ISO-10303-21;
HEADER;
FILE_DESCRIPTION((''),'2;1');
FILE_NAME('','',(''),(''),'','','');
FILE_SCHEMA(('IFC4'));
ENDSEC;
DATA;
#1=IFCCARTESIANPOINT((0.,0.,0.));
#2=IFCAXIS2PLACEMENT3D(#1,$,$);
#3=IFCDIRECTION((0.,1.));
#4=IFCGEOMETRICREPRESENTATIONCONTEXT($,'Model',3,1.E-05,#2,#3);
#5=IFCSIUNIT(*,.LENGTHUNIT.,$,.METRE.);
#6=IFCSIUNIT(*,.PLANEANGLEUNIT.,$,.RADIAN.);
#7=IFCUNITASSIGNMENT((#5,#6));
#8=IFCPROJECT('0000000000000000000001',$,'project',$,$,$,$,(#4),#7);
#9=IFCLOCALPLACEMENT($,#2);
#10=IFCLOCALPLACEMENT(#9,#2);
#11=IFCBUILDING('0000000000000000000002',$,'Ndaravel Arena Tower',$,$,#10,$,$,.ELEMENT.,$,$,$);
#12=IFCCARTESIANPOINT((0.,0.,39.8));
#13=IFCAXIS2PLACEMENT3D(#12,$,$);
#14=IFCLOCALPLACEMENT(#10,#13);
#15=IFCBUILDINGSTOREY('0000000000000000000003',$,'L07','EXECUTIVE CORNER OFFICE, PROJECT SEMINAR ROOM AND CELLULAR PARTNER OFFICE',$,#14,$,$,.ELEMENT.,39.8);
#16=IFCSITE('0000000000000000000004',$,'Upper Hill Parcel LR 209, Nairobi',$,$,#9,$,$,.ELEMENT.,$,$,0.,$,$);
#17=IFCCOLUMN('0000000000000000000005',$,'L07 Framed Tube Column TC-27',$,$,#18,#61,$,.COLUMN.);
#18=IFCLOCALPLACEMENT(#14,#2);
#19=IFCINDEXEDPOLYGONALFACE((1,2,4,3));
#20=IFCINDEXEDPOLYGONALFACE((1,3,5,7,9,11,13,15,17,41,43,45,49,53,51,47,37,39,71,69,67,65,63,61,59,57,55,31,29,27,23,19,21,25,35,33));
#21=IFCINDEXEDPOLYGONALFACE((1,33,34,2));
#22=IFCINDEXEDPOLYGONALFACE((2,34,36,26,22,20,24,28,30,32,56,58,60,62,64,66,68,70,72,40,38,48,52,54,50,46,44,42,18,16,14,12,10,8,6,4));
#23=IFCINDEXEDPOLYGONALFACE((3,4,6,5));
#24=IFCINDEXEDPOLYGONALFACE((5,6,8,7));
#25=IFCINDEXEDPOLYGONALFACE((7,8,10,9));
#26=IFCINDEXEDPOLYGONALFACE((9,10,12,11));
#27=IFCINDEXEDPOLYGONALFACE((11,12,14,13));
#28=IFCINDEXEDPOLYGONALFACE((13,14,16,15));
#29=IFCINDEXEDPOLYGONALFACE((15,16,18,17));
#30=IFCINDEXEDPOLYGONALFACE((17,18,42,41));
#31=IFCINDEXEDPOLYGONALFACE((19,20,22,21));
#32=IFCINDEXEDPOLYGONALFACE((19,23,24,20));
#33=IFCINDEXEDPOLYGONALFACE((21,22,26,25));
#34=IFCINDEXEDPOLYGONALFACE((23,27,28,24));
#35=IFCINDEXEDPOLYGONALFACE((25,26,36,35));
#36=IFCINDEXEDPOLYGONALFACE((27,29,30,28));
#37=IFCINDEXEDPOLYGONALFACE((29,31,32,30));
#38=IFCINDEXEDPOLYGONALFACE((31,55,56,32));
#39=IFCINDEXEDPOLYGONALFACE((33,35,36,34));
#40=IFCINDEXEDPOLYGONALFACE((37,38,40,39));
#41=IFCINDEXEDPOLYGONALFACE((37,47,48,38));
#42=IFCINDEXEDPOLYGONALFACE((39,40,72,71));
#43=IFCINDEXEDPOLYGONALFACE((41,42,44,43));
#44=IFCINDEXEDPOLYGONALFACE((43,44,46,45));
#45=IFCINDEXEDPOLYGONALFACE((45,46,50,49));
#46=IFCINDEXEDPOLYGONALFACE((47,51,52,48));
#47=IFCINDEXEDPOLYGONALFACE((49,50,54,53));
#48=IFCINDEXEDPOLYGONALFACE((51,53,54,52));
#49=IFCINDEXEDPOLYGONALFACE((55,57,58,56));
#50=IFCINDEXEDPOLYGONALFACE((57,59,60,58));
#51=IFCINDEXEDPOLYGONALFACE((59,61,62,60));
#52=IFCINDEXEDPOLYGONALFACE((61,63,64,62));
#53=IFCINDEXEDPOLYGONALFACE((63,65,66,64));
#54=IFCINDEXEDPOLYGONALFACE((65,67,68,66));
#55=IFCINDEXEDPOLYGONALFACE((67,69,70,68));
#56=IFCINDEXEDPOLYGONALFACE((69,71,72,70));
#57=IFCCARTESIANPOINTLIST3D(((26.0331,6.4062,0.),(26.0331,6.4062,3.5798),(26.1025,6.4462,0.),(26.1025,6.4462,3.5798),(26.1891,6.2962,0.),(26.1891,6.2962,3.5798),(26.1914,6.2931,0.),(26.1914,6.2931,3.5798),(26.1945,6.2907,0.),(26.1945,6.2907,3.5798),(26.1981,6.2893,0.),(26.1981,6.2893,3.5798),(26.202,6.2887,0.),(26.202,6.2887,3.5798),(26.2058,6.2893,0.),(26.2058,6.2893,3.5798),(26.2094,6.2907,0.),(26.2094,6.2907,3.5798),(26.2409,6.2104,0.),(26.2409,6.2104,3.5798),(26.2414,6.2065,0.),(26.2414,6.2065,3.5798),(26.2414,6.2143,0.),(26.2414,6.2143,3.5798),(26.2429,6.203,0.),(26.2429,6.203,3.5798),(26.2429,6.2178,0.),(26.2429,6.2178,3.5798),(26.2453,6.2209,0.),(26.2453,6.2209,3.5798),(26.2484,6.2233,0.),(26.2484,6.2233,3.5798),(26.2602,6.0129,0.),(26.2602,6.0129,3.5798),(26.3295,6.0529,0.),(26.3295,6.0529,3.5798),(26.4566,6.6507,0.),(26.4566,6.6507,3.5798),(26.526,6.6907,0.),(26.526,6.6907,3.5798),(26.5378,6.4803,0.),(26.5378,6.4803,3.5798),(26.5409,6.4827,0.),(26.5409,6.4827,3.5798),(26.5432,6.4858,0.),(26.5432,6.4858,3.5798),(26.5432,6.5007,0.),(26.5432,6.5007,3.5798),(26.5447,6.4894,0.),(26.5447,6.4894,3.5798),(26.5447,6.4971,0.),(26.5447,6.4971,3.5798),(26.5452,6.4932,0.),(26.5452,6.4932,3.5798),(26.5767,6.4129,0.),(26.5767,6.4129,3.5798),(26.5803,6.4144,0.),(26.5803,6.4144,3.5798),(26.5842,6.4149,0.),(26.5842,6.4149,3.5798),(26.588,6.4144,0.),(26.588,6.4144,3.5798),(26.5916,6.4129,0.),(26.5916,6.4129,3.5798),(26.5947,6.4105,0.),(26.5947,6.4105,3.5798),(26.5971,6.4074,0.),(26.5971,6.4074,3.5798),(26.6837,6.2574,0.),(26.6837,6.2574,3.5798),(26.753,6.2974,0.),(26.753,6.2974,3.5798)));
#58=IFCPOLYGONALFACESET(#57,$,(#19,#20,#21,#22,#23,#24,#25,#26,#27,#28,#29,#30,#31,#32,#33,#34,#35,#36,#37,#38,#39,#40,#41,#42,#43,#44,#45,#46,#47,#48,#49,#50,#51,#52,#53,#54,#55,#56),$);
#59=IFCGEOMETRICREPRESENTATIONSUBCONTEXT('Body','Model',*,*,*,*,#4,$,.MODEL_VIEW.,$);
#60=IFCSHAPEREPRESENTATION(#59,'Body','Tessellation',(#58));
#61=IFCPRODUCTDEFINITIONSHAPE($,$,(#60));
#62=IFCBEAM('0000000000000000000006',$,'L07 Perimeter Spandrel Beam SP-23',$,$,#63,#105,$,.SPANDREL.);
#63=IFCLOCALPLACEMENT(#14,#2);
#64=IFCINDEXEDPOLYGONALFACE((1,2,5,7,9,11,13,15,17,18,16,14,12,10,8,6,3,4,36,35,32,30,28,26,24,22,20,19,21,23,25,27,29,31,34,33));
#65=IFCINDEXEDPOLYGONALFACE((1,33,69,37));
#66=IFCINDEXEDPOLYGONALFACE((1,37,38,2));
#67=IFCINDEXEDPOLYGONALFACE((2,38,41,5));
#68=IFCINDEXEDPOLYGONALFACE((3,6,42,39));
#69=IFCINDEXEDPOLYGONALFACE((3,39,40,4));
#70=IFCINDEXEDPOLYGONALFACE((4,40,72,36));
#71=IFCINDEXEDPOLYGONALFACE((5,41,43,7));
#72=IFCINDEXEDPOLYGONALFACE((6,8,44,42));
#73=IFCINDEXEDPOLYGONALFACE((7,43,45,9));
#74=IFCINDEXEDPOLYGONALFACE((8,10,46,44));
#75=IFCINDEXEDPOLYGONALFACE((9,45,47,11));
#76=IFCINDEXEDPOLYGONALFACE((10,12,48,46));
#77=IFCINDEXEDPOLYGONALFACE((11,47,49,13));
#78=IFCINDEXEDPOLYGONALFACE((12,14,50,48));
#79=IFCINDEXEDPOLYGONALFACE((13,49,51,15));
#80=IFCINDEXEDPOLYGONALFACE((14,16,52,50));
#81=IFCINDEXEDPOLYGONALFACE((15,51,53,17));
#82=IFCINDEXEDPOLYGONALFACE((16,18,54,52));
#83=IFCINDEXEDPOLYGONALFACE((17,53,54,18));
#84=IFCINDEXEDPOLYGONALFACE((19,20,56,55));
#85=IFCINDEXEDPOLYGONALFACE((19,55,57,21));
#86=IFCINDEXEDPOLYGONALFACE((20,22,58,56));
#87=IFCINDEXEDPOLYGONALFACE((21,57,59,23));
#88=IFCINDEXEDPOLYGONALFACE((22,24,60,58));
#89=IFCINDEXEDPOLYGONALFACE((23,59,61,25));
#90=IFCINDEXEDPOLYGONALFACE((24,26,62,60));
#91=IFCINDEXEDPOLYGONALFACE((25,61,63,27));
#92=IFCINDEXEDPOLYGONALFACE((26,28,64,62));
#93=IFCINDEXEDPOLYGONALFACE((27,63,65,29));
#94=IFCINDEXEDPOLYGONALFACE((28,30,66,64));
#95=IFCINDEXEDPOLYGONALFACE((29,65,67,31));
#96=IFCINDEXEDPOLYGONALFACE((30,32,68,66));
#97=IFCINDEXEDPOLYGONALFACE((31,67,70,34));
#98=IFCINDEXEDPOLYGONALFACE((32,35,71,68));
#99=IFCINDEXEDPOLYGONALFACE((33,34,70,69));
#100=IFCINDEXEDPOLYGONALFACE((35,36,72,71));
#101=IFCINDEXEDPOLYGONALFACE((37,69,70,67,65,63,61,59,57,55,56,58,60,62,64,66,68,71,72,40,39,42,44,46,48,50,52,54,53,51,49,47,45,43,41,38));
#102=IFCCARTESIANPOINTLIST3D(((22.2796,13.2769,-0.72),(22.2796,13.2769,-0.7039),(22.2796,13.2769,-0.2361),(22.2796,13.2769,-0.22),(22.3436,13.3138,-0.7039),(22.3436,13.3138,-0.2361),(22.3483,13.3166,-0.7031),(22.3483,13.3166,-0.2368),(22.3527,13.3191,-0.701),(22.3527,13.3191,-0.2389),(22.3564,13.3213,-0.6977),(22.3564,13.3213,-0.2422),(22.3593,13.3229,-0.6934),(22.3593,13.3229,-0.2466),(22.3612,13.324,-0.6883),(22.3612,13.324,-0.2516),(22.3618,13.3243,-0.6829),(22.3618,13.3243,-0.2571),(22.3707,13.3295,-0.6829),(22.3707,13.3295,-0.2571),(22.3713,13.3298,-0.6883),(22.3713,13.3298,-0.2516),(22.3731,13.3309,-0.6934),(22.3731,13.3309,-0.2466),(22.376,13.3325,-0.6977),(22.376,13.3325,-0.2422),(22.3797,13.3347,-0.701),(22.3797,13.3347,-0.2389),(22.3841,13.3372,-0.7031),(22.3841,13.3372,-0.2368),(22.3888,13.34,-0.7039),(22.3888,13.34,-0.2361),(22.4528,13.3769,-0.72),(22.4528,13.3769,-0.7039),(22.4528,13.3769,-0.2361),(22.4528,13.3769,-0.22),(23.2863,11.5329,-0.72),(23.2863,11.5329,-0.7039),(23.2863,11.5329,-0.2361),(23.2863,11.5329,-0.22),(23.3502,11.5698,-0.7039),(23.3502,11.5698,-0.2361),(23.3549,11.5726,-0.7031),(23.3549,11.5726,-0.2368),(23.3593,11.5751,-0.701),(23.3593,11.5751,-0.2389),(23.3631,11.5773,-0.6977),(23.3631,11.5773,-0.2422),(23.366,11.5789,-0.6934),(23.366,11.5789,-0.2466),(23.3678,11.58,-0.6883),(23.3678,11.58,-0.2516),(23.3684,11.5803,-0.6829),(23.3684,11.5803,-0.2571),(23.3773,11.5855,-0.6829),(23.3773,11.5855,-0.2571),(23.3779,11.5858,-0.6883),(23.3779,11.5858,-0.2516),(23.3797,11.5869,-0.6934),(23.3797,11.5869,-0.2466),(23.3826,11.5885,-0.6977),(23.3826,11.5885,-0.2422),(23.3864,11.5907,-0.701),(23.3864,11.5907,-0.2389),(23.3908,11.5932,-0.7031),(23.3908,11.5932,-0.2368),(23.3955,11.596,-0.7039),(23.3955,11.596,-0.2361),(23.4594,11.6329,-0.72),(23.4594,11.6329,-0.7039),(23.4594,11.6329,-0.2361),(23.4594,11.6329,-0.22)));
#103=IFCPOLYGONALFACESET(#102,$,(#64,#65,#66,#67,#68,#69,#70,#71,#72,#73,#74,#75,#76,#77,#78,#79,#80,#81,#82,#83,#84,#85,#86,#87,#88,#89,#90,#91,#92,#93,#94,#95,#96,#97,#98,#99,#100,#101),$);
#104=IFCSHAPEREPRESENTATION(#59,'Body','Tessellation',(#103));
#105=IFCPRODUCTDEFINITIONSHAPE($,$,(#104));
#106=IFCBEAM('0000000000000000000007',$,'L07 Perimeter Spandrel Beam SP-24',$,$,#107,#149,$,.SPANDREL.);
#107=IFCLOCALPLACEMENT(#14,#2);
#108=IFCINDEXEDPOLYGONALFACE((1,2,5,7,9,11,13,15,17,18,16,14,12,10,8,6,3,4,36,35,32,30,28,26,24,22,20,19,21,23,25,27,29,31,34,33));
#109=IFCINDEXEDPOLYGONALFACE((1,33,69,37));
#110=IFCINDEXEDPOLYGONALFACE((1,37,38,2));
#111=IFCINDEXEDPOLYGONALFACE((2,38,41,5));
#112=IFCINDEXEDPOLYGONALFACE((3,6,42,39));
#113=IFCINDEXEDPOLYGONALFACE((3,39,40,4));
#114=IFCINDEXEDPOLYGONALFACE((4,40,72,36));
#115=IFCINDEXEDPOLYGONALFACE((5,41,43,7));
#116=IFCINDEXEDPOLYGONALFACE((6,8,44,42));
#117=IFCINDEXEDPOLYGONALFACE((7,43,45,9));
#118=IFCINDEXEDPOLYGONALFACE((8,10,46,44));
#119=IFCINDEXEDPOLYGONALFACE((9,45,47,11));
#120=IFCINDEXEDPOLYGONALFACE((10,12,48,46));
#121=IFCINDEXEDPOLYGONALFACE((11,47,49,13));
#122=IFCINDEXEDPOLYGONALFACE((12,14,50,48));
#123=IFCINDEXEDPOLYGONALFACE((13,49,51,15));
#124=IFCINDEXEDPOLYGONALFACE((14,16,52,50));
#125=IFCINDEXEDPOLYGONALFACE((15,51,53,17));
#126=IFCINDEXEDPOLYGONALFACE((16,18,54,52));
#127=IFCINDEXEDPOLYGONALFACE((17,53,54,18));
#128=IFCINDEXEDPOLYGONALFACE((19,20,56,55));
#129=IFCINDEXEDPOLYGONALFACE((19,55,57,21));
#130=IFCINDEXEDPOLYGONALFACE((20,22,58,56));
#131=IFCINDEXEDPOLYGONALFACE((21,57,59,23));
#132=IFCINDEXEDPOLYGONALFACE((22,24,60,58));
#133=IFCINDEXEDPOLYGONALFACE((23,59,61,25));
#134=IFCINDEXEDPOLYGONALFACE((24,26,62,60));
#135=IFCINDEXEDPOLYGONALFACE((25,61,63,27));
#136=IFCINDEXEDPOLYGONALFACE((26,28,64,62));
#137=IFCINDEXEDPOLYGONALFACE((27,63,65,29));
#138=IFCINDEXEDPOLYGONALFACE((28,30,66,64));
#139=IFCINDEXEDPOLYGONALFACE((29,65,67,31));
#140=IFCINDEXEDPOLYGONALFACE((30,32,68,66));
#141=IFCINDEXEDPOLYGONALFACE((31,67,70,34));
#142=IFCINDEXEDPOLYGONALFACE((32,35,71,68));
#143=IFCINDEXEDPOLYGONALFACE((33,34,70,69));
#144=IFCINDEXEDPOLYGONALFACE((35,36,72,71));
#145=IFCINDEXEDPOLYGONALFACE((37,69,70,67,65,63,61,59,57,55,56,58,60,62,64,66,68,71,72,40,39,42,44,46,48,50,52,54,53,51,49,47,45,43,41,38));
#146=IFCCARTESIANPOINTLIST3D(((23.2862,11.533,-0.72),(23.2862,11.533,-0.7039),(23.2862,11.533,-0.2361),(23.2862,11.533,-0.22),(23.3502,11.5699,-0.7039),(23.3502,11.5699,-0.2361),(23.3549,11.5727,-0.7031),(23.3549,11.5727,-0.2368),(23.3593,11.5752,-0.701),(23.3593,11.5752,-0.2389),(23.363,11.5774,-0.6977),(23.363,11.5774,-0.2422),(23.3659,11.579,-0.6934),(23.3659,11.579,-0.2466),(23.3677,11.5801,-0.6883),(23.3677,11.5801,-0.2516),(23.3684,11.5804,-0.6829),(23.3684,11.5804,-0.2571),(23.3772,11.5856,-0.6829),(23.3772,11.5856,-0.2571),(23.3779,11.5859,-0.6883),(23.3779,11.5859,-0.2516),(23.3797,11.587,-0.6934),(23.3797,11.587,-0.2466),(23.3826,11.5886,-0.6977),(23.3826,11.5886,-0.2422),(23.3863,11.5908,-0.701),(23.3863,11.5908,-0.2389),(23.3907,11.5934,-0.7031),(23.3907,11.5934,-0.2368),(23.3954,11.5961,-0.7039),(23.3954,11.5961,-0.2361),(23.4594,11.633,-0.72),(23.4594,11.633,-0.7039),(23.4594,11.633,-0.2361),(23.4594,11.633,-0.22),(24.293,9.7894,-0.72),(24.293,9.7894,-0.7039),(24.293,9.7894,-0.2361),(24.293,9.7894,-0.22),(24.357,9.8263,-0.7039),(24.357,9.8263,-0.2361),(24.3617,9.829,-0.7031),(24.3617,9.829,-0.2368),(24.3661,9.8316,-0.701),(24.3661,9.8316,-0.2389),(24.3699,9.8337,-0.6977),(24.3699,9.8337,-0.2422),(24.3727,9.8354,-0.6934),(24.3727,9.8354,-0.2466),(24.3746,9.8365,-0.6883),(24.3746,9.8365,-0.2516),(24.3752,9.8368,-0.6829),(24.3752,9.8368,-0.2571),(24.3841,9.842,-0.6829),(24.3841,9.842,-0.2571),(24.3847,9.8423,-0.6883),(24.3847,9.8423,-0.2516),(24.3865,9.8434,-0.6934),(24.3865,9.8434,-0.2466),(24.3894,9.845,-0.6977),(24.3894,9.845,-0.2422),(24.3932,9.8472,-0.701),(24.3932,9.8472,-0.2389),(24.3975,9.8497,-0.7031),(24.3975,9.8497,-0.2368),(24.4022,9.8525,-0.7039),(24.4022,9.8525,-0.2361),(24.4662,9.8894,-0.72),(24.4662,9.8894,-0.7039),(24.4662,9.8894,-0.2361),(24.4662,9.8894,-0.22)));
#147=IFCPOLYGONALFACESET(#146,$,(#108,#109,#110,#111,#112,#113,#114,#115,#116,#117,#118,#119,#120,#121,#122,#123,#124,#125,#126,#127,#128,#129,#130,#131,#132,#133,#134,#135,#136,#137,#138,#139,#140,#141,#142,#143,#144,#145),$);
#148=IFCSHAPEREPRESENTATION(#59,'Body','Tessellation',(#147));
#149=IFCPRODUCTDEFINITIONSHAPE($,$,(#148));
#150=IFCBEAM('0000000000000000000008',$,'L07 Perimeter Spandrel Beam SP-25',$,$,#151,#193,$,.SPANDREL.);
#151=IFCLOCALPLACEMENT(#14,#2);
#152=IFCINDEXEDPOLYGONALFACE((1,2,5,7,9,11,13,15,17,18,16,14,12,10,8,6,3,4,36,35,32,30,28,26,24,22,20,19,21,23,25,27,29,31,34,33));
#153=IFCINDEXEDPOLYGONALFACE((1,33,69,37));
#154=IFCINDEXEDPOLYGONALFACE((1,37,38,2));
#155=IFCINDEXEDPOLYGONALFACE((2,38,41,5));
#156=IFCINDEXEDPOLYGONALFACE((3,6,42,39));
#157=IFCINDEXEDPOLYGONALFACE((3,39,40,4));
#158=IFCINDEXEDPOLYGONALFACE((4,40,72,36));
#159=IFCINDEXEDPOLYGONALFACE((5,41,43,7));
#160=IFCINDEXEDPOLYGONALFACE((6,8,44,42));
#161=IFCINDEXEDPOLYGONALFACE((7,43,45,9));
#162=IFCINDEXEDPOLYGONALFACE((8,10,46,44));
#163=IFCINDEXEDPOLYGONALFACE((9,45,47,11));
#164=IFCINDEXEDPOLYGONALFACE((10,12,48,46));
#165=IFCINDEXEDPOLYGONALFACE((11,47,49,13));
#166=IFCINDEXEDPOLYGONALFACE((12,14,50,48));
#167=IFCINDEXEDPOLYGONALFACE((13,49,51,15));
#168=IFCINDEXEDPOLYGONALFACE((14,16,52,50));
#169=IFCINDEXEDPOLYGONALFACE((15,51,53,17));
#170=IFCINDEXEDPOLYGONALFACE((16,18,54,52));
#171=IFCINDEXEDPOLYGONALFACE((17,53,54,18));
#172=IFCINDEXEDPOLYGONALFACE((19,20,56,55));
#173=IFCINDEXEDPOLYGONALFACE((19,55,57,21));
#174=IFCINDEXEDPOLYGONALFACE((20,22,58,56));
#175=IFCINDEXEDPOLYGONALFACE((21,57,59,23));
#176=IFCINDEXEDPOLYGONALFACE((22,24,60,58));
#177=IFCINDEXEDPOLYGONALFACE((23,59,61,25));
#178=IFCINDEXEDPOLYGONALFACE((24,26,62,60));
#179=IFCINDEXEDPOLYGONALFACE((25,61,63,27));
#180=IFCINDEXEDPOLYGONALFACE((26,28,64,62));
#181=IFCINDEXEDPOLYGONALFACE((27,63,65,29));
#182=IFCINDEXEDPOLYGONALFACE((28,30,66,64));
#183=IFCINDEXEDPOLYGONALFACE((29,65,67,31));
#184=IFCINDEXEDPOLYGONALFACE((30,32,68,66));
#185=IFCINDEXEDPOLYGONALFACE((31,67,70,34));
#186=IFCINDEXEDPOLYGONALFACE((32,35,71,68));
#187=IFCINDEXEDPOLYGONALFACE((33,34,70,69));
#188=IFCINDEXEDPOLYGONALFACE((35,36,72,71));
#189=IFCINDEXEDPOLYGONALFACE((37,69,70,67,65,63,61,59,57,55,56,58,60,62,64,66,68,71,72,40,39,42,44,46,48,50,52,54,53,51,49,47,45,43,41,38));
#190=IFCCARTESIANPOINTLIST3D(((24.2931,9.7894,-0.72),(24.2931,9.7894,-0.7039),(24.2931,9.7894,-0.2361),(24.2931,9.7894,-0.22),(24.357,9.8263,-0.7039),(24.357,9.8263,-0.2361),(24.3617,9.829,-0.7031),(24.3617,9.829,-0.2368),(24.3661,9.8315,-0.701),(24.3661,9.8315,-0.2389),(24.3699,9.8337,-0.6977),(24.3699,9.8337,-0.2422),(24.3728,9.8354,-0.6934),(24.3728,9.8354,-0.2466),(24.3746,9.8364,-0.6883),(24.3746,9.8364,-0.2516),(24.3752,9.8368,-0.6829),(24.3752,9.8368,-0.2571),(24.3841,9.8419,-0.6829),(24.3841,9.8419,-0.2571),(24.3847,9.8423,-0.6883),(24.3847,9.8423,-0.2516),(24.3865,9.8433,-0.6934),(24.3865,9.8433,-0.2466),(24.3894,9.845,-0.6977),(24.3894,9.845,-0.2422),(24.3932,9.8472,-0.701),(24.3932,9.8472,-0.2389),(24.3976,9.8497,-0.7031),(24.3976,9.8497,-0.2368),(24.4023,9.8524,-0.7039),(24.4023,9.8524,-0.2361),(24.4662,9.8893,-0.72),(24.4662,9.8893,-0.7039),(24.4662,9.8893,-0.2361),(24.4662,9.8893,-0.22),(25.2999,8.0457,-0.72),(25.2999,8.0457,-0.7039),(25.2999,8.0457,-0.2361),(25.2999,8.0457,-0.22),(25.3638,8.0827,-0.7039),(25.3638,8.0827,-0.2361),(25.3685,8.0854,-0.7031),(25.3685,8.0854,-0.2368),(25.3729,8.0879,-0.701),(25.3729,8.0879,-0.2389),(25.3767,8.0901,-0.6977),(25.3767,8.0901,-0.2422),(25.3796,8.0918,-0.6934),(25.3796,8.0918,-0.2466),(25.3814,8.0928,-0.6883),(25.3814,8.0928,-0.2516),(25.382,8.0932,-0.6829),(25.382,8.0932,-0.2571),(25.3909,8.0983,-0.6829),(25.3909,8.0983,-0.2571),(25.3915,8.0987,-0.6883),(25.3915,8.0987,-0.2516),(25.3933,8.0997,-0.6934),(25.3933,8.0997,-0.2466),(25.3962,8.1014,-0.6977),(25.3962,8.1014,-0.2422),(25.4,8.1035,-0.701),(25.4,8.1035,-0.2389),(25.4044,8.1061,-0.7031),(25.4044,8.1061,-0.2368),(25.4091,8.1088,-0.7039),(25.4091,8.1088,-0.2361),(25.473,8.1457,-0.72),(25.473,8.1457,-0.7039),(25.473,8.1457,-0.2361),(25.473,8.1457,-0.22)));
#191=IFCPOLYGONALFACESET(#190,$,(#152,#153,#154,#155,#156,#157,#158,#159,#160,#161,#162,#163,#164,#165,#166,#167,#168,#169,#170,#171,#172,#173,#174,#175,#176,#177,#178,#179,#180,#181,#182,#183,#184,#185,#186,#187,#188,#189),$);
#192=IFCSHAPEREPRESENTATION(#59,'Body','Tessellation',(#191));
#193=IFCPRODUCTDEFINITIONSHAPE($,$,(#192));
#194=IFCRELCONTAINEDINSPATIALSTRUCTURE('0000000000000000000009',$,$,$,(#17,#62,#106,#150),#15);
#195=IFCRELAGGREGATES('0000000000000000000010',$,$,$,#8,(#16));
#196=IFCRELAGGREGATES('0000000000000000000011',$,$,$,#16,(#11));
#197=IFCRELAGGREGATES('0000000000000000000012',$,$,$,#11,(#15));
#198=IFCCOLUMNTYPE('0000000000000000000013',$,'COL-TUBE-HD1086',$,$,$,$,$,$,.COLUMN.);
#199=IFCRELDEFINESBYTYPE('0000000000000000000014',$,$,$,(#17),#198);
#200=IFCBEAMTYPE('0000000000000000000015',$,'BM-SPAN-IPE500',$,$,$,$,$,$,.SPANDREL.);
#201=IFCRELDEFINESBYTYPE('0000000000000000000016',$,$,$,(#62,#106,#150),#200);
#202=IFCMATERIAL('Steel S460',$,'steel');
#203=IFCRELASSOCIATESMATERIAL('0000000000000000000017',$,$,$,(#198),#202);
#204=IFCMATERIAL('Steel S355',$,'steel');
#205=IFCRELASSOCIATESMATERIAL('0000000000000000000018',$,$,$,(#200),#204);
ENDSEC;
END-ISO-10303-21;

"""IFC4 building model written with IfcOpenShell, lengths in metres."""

from ifc_helpers import new_model, si_unit, direction, frame, origin, origin_2d, place, context, subcontext, project, spatial, i_section, extrude, material, material_profile, profile_set, type_object, element, save


model = new_model("IFC4")

# Units and contexts
model_context = context("Model", 3, precision=1e-05, world=origin(), true_north=direction((0.0, 1.0)))
body_context = subcontext(model_context, "Body", "Model", "MODEL_VIEW")
ifc_project = project(units=[si_unit("LENGTHUNIT", "METRE"), si_unit("PLANEANGLEUNIT", "RADIAN")], contexts=[model_context])

# Site, building, storey
site_placement = place(None, origin())
site = spatial("IfcSite", under=ifc_project, at=site_placement, Name="Upper Hill Parcel LR 209, Nairobi", CompositionType="ELEMENT", RefElevation=0.0)
building_placement = place(site_placement, origin())
building = spatial("IfcBuilding", under=site, at=building_placement, Name="Ndaravel Arena Tower", CompositionType="ELEMENT")
storey_placement = place(building_placement, frame((0.0, 0.0, 39.8)))
storey = spatial("IfcBuildingStorey", under=building, at=storey_placement, Name="L07", Description="EXECUTIVE CORNER OFFICE, PROJECT SEMINAR ROOM AND CELLULAR PARTNER OFFICE", CompositionType="ELEMENT", Elevation=39.8)

# Column
ifc_material_1 = material(Name="Steel S460", Category="steel")
ifc_material_profile_1 = material_profile(ifc_material_1, i_section(OverallWidth=0.4541, OverallDepth=0.5691, WebThickness=0.0779, FlangeThickness=0.0801, FilletRadius=0.0149, at=origin_2d()), Name="HD 400x1086")
ifc_profile_set_1 = profile_set([ifc_material_profile_1], Name="Steel S460")
column_type = type_object("IfcColumnType", Name="COL-TUBE-HD1086", PredefinedType="COLUMN", material=ifc_profile_set_1)
for number, where, z_axis, x_axis, name in (
    (1, (26.3931, 6.3518, 0.0), (0.0, 0.0, 1.0), (-0.5, 0.866025, 0.0), "L07 Framed Tube Column TC-27"),
):
    element("IfcColumn", number, at=place(storey_placement, frame(where, z_axis=z_axis, x_axis=x_axis)), inside=storey, type_object=column_type, Name=name, PredefinedType="COLUMN", context=body_context, shape_type="SweptSolid", body=[
        extrude(i_section(OverallWidth=0.4541, OverallDepth=0.5691, WebThickness=0.0779, FlangeThickness=0.0801, FilletRadius=0.0149, at=origin_2d()), origin(), (0.0, 0.0, 1.0), 3.5798),
    ])

# Beams
ifc_material_2 = material(Name="Steel S355", Category="steel")
ifc_material_profile_2 = material_profile(ifc_material_2, i_section(OverallWidth=0.2, OverallDepth=0.5, WebThickness=0.0103, FlangeThickness=0.0161, FilletRadius=0.021, at=origin_2d()), Name="IPE 500")
ifc_profile_set_2 = profile_set([ifc_material_profile_2], Name="Steel S355")
beam_type = type_object("IfcBeamType", Name="BM-SPAN-IPE500", PredefinedType="SPANDREL", material=ifc_profile_set_2)
beam_1_placement = place(storey_placement, frame((22.3662, 13.3269, -0.47), z_axis=(0.499908, -0.866079, 0.0), x_axis=(0.866079, 0.499908, 0.0)))
element("IfcBeam", 2, at=beam_1_placement, inside=storey, type_object=beam_type, Name="L07 Perimeter Spandrel Beam SP-23", PredefinedType="SPANDREL", context=body_context, shape_type="SweptSolid", body=[
    extrude(i_section(OverallWidth=0.2, OverallDepth=0.5, WebThickness=0.0103, FlangeThickness=0.0161, FilletRadius=0.021, at=origin_2d()), origin(), (0.0, 0.0, 1.0), 2.0137),
])
for number, where, z_axis, x_axis, name in (
    (3, (23.3728, 11.583, -0.47), (0.500051, -0.865996, 0.0), (0.865996, 0.500051, 0.0), "L07 Perimeter Spandrel Beam SP-24"),
    (4, (24.3796, 9.8394, -0.47), (0.500051, -0.865996, 0.0), (0.865996, 0.500051, 0.0), "L07 Perimeter Spandrel Beam SP-25"),
):
    element("IfcBeam", number, at=place(storey_placement, frame(where, z_axis=z_axis, x_axis=x_axis)), inside=storey, type_object=beam_type, Name=name, PredefinedType="SPANDREL", context=body_context, shape_type="SweptSolid", body=[
        extrude(i_section(OverallWidth=0.2, OverallDepth=0.5, WebThickness=0.0103, FlangeThickness=0.0161, FilletRadius=0.021, at=origin_2d()), origin(), (0.0, 0.0, 1.0), 2.0134),
    ])

save(model, "model.ifc")
